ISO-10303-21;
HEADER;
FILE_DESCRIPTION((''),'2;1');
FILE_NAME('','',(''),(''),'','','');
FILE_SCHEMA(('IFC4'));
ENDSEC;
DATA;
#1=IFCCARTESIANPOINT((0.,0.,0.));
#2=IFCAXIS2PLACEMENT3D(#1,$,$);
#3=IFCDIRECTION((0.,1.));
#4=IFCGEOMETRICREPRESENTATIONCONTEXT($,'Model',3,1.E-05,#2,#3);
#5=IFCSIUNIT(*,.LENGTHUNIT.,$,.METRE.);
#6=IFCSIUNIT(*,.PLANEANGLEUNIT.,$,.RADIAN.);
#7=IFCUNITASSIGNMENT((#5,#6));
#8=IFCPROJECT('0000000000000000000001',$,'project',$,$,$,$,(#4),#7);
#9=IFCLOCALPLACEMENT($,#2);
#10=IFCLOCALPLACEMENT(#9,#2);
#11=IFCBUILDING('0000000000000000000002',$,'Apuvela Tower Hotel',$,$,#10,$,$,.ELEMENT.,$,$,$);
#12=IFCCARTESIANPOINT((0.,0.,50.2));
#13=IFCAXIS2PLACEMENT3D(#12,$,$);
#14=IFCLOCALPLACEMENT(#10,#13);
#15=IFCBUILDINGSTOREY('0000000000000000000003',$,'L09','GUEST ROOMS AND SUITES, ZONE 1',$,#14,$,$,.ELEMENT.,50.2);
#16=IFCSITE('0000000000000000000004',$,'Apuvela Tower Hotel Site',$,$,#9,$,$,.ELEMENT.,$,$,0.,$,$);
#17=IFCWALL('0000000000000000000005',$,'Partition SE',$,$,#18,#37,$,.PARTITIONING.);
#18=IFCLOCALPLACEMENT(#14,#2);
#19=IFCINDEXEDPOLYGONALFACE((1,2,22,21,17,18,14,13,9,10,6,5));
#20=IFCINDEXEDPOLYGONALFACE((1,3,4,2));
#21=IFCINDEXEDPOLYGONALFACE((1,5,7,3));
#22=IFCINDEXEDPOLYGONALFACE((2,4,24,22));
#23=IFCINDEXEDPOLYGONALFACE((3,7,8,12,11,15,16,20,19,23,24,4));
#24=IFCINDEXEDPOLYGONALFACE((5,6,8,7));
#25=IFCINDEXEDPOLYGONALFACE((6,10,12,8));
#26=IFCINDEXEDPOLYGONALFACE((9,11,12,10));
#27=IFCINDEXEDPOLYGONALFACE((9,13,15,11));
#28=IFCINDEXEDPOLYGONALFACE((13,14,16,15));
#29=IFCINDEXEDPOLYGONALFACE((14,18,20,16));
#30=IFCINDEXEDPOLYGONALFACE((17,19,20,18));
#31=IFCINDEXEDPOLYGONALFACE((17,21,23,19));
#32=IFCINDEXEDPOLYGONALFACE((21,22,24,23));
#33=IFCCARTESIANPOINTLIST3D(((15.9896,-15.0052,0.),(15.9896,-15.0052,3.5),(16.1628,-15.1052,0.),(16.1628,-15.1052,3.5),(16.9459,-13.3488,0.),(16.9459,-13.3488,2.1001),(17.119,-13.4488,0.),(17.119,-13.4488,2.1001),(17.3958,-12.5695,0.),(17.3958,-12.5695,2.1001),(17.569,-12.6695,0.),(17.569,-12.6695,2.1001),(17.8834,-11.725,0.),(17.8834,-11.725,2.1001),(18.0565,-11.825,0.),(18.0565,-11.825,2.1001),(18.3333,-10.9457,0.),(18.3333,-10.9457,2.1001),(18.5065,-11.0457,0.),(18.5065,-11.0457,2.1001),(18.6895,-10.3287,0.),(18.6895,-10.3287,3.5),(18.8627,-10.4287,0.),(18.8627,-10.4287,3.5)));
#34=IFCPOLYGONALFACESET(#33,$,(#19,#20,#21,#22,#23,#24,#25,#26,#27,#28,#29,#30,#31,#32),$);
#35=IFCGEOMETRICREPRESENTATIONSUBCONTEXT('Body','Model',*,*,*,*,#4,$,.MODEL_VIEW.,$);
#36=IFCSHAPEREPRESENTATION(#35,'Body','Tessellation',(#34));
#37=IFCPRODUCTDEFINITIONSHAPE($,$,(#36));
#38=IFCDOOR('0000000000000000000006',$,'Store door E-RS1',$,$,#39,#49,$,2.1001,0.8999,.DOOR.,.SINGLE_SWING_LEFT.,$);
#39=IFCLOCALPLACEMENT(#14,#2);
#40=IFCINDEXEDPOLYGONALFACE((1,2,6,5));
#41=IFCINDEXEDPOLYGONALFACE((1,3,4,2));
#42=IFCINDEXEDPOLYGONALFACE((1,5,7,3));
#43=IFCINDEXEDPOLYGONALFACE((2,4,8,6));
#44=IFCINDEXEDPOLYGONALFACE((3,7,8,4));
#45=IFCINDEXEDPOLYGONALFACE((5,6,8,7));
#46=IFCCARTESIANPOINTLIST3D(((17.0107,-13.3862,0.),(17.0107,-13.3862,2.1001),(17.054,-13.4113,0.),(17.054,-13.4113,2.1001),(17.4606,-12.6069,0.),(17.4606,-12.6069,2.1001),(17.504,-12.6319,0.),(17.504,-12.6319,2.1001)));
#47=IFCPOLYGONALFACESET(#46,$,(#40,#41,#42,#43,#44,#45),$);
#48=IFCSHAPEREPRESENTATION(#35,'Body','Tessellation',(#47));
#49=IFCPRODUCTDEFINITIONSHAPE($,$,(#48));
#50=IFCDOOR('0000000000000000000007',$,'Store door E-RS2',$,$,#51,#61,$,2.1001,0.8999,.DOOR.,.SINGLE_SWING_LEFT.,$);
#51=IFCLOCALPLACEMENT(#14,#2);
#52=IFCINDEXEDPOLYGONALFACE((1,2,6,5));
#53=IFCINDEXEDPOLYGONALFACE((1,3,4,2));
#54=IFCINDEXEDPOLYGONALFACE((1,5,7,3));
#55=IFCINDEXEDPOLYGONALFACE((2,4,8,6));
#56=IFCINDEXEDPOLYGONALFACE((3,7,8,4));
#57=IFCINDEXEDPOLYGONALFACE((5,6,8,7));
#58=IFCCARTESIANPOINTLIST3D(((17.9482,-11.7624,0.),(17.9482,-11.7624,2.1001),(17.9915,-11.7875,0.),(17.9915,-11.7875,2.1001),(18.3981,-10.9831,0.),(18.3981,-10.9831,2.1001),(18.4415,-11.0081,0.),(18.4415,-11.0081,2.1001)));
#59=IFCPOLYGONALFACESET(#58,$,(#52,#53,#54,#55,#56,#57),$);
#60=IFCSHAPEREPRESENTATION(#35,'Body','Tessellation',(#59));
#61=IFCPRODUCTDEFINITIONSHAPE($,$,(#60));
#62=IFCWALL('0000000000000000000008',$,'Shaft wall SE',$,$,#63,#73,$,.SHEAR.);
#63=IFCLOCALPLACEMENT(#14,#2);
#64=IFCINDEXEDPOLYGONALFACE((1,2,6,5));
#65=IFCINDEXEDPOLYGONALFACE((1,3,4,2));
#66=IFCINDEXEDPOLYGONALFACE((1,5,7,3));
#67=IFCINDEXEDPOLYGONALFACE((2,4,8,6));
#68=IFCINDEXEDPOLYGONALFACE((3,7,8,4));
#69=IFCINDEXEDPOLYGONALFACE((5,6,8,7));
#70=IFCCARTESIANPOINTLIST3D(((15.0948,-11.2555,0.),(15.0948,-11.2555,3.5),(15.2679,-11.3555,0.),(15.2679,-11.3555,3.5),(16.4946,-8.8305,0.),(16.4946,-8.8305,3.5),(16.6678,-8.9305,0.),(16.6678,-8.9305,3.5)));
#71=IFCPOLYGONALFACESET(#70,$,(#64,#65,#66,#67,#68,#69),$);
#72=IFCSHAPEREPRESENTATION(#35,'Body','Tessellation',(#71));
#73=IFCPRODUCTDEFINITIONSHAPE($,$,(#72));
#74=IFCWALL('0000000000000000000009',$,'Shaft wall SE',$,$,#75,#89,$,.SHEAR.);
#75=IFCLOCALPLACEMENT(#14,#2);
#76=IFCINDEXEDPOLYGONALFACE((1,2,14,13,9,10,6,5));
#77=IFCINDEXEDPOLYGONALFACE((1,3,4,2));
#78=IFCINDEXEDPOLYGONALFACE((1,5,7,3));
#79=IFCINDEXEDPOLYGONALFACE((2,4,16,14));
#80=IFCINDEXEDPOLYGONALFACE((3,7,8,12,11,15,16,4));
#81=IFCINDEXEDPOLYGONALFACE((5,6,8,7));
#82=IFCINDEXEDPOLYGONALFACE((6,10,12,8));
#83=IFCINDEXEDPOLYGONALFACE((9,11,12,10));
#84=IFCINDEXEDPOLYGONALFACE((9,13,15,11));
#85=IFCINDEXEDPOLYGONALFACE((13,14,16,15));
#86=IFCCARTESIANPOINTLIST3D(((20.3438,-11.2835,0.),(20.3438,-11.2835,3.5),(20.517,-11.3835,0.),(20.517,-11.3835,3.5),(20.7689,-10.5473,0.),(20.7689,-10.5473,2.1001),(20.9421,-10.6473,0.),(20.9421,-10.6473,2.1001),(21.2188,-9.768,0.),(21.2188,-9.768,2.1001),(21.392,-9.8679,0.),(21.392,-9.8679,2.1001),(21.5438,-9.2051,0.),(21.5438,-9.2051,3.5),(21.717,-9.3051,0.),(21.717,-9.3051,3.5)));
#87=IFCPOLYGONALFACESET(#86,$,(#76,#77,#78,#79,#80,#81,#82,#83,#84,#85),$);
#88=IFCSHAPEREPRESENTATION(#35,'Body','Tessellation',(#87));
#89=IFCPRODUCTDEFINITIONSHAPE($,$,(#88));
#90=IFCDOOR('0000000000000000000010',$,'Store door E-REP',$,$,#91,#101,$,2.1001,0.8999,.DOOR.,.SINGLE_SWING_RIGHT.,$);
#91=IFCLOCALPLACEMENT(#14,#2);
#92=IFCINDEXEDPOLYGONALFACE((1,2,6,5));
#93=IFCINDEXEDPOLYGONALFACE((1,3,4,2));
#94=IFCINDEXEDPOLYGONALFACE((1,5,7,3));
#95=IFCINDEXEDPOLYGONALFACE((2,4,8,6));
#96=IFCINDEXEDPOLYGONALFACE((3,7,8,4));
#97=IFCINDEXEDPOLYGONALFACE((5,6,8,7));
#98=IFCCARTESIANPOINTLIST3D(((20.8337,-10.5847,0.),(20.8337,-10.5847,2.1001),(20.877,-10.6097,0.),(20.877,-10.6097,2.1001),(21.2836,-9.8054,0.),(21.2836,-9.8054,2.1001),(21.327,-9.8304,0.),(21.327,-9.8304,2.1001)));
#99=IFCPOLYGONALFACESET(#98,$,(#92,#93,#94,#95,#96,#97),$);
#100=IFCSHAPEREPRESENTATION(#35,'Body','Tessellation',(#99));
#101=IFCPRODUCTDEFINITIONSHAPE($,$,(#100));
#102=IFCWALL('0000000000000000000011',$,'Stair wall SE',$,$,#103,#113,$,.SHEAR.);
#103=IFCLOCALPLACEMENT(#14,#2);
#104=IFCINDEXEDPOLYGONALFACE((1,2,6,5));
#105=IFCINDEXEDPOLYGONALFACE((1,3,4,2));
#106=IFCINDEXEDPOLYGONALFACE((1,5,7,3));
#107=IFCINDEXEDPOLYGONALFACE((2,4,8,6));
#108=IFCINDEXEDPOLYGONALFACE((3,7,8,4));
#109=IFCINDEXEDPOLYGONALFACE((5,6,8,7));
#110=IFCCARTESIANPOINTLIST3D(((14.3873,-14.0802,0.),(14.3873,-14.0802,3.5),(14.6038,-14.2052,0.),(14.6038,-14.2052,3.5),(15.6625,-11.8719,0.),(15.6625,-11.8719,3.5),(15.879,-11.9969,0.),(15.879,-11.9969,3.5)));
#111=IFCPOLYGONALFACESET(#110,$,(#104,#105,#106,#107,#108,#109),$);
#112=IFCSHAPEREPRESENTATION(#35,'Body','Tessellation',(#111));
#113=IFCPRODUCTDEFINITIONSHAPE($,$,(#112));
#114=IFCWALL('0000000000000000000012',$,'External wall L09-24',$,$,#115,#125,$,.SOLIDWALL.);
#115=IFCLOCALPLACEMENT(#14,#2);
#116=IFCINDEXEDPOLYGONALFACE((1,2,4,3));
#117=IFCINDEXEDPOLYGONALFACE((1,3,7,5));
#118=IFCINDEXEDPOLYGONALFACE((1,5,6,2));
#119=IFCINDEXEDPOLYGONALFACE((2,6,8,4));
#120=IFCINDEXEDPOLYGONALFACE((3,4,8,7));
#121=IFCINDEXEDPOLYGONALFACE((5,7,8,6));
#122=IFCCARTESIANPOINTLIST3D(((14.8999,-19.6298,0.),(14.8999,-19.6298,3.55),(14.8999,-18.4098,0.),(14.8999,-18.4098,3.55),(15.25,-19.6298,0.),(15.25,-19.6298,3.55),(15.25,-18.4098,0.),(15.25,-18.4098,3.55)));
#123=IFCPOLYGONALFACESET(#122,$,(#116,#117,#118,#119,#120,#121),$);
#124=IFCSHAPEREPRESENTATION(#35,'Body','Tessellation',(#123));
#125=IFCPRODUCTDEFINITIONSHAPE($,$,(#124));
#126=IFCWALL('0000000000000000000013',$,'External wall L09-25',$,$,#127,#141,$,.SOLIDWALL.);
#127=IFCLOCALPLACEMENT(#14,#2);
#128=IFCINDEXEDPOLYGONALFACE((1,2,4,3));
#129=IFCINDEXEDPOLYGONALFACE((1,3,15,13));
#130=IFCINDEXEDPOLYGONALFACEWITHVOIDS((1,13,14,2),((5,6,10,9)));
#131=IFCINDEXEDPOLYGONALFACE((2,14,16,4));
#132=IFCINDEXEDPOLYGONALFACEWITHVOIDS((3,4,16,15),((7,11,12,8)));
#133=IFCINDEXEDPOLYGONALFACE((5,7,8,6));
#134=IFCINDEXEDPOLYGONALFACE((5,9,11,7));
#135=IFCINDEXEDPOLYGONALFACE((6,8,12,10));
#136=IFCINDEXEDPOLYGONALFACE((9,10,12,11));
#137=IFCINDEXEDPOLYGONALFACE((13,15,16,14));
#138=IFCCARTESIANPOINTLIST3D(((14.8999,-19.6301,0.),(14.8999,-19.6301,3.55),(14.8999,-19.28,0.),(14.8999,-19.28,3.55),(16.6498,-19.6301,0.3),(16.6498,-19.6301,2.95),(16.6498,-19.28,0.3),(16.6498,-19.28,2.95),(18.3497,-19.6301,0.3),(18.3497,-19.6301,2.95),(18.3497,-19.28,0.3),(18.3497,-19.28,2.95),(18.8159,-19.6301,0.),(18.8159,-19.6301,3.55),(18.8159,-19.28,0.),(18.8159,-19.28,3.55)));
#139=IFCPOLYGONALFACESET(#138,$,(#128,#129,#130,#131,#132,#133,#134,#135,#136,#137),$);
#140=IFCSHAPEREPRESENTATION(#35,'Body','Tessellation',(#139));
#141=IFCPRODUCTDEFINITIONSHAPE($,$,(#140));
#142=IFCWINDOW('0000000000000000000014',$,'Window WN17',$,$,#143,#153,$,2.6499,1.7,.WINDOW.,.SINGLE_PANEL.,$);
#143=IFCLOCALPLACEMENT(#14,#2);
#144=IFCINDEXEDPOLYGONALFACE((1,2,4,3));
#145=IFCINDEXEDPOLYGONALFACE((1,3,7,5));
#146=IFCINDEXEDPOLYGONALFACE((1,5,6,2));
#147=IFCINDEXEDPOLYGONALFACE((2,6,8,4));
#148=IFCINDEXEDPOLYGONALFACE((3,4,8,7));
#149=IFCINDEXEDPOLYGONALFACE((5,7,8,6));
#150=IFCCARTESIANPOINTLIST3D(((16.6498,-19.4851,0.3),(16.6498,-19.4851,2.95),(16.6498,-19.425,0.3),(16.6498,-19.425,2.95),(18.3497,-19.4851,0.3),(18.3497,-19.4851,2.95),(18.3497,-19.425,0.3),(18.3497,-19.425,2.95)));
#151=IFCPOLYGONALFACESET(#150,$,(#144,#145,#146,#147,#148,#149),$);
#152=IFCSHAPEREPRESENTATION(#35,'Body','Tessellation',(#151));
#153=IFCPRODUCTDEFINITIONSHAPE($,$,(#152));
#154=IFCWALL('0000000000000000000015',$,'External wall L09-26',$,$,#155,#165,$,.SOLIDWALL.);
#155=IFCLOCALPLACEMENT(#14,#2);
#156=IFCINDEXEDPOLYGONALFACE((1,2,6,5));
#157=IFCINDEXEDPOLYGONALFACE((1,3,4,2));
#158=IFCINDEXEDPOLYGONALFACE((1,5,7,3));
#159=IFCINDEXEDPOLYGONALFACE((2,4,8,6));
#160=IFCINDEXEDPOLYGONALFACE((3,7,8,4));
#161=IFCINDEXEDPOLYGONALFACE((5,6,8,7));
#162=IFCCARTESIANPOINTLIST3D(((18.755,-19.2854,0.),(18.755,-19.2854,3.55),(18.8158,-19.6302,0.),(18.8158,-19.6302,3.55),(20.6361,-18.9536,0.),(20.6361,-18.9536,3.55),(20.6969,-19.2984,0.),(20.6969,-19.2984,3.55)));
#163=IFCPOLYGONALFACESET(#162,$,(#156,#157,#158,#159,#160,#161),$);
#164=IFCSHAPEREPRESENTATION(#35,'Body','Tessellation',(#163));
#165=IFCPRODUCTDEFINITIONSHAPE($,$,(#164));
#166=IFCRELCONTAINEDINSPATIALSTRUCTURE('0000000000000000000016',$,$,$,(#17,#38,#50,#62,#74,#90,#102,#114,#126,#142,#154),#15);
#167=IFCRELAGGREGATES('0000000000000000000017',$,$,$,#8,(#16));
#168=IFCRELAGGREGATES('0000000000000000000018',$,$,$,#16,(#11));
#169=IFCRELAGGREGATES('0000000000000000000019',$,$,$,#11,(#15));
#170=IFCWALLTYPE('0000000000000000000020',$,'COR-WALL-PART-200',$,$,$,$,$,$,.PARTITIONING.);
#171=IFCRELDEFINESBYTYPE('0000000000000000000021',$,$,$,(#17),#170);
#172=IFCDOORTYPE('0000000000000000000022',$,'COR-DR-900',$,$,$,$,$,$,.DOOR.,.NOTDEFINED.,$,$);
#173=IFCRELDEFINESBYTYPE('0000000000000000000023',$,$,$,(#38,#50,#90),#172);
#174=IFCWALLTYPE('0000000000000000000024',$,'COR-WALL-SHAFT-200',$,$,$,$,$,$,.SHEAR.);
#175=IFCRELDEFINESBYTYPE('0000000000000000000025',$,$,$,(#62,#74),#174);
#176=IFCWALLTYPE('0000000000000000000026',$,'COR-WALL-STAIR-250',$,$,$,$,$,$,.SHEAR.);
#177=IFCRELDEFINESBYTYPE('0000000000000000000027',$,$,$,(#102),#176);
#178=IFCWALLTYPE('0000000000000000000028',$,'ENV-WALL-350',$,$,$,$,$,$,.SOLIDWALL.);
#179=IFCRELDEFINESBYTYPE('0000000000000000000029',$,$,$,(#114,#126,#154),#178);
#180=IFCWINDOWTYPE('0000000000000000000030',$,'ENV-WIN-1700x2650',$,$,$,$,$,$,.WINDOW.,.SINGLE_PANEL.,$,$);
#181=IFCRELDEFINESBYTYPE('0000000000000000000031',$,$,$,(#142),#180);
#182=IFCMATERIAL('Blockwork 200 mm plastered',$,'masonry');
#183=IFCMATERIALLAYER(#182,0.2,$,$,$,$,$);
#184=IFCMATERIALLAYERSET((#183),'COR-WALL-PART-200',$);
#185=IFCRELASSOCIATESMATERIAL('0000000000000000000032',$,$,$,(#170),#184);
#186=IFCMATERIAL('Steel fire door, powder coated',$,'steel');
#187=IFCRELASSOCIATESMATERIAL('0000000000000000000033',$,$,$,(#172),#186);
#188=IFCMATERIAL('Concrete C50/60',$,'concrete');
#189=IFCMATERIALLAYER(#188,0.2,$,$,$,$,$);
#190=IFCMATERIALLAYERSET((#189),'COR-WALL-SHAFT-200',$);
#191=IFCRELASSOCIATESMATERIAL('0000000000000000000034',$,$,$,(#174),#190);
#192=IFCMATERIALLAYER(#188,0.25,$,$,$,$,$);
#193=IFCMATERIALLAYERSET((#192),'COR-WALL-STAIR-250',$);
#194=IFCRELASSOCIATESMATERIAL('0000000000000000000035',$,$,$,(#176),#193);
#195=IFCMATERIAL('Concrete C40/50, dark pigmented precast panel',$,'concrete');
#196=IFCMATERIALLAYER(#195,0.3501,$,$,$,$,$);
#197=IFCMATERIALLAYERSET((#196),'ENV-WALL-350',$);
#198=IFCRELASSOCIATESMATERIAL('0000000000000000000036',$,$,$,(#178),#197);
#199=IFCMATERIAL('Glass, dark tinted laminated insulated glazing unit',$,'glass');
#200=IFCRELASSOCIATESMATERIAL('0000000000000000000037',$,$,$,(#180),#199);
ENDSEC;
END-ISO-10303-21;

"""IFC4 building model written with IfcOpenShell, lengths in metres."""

from ifc_helpers import new_model, si_unit, direction, frame, frame_2d, origin, place, context, subcontext, project, spatial, rectangle, extrude, material, layer, layer_set, type_object, element, fill, save


model = new_model("IFC4")

# Units and contexts
model_context = context("Model", 3, precision=1e-05, world=origin(), true_north=direction((0.0, 1.0)))
body_context = subcontext(model_context, "Body", "Model", "MODEL_VIEW")
ifc_project = project(units=[si_unit("LENGTHUNIT", "METRE"), si_unit("PLANEANGLEUNIT", "RADIAN")], contexts=[model_context])

# Site, building, storey
site_placement = place(None, origin())
site = spatial("IfcSite", under=ifc_project, at=site_placement, Name="Apuvela Tower Hotel Site", CompositionType="ELEMENT", RefElevation=0.0)
building_placement = place(site_placement, origin())
building = spatial("IfcBuilding", under=site, at=building_placement, Name="Apuvela Tower Hotel", CompositionType="ELEMENT")
storey_placement = place(building_placement, frame((0.0, 0.0, 50.2)))
storey = spatial("IfcBuildingStorey", under=building, at=storey_placement, Name="L09", Description="GUEST ROOMS AND SUITES, ZONE 1", CompositionType="ELEMENT", Elevation=50.2)

# Wall, openings, doors
ifc_material_1 = material(Name="Blockwork 200 mm plastered", Category="masonry")
ifc_layer_1 = layer(ifc_material_1, 0.2)
ifc_layer_set_1 = layer_set([ifc_layer_1], Name="COR-WALL-PART-200")
wall_type_1 = type_object("IfcWallType", Name="COR-WALL-PART-200", PredefinedType="PARTITIONING", material=ifc_layer_set_1)
wall_1_placement = place(storey_placement, frame((16.0762, -15.0552, 0.0), z_axis=(0.0, 0.0, 1.0), x_axis=(0.499995, 0.866028, 0.0)))
wall_1 = element("IfcWall", 1, at=wall_1_placement, inside=storey, type_object=wall_type_1, Name="Partition SE", PredefinedType="PARTITIONING", context=body_context, shape_type="SweptSolid", body=[
    extrude(rectangle(XDim=5.3999, YDim=0.2, at=frame_2d((2.7, 0.0))), origin(), (0.0, 0.0, 1.0), 3.5),
])
opening_1_placement = place(wall_1_placement, frame((1.9126, 0.0, 0.0)))
opening_1 = element("IfcOpeningElement", 2, at=opening_1_placement, cuts=wall_1, PredefinedType="OPENING", context=body_context, shape_type="SweptSolid", body=[
    extrude(rectangle(XDim=0.8999, YDim=2.1001, at=frame_2d((0.45, 1.05))), frame((0.0, 0.1099, 0.0), z_axis=(0.0, -1.0, 0.0), x_axis=(1.0, 0.0, 0.0)), (0.0, 0.0, 1.0), 0.22),
])
opening_2_placement = place(wall_1_placement, frame((3.7876, 0.0, 0.0)))
opening_2 = element("IfcOpeningElement", 3, at=opening_2_placement, cuts=wall_1, PredefinedType="OPENING", context=body_context, shape_type="SweptSolid", body=[
    extrude(rectangle(XDim=0.8999, YDim=2.1001, at=frame_2d((0.45, 1.05))), frame((0.0, 0.1099, 0.0), z_axis=(0.0, -1.0, 0.0), x_axis=(1.0, 0.0, 0.0)), (0.0, 0.0, 1.0), 0.22),
])
ifc_material_2 = material(Name="Steel fire door, powder coated", Category="steel")
door_type_1 = type_object("IfcDoorType", Name="COR-DR-900", OperationType="NOTDEFINED", PredefinedType="DOOR", material=ifc_material_2)
door_1_placement = place(opening_1_placement, frame((0.8999, 0.0, 0.0), z_axis=(0.0, 0.0, 1.0), x_axis=(-1.0, 0.0, 0.0)))
door_1 = element("IfcDoor", 4, at=door_1_placement, inside=storey, type_object=door_type_1, Name="Store door E-RS1", OperationType="SINGLE_SWING_LEFT", OverallHeight=2.1001, OverallWidth=0.8999, PredefinedType="DOOR", context=body_context, shape_type="SweptSolid", body=[
    extrude(rectangle(XDim=0.8999, YDim=2.1001, at=frame_2d((0.45, 1.05))), frame((0.0, 0.0249, 0.0), z_axis=(0.0, -1.0, 0.0), x_axis=(1.0, 0.0, 0.0)), (0.0, 0.0, 1.0), 0.05),
])
fill(opening_1, door_1)
door_2_placement = place(opening_2_placement, frame((0.8999, 0.0, 0.0), z_axis=(0.0, 0.0, 1.0), x_axis=(-1.0, 0.0, 0.0)))
door_2 = element("IfcDoor", 5, at=door_2_placement, inside=storey, type_object=door_type_1, Name="Store door E-RS2", OperationType="SINGLE_SWING_LEFT", OverallHeight=2.1001, OverallWidth=0.8999, PredefinedType="DOOR", context=body_context, shape_type="SweptSolid", body=[
    extrude(rectangle(XDim=0.8999, YDim=2.1001, at=frame_2d((0.45, 1.05))), frame((0.0, 0.0249, 0.0), z_axis=(0.0, -1.0, 0.0), x_axis=(1.0, 0.0, 0.0)), (0.0, 0.0, 1.0), 0.05),
])
fill(opening_2, door_2)

# Wall
ifc_material_3 = material(Name="Concrete C50/60", Category="concrete")
ifc_layer_2 = layer(ifc_material_3, 0.2)
ifc_layer_set_2 = layer_set([ifc_layer_2], Name="COR-WALL-SHAFT-200")
wall_type_2 = type_object("IfcWallType", Name="COR-WALL-SHAFT-200", PredefinedType="SHEAR", material=ifc_layer_set_2)
wall_2_placement = place(storey_placement, frame((15.1814, -11.3054, 0.0), z_axis=(0.0, 0.0, 1.0), x_axis=(0.499946, 0.866056, 0.0)))
element("IfcWall", 6, at=wall_2_placement, inside=storey, type_object=wall_type_2, Name="Shaft wall SE", PredefinedType="SHEAR", context=body_context, shape_type="SweptSolid", body=[
    extrude(rectangle(XDim=2.8, YDim=0.2, at=frame_2d((1.3999, 0.0))), origin(), (0.0, 0.0, 1.0), 3.5),
])

# Wall, opening, door
wall_3_placement = place(storey_placement, frame((20.4304, -11.3335, 0.0), z_axis=(0.0, 0.0, 1.0), x_axis=(0.500001, 0.866025, 0.0)))
wall_3 = element("IfcWall", 7, at=wall_3_placement, inside=storey, type_object=wall_type_2, Name="Shaft wall SE", PredefinedType="SHEAR", context=body_context, shape_type="SweptSolid", body=[
    extrude(rectangle(XDim=2.3999, YDim=0.2, at=frame_2d((1.2, 0.0))), origin(), (0.0, 0.0, 1.0), 3.5),
])
opening_3_placement = place(wall_3_placement, frame((0.8501, 0.0, 0.0)))
opening_3 = element("IfcOpeningElement", 8, at=opening_3_placement, cuts=wall_3, PredefinedType="OPENING", context=body_context, shape_type="SweptSolid", body=[
    extrude(rectangle(XDim=0.8999, YDim=2.1001, at=frame_2d((0.45, 1.05))), frame((0.0, 0.1099, 0.0), z_axis=(0.0, -1.0, 0.0), x_axis=(1.0, 0.0, 0.0)), (0.0, 0.0, 1.0), 0.22),
])
door_3_placement = place(opening_3_placement, frame((0.8999, 0.0, 0.0), z_axis=(0.0, 0.0, 1.0), x_axis=(-1.0, 0.0, 0.0)))
door_3 = element("IfcDoor", 9, at=door_3_placement, inside=storey, type_object=door_type_1, Name="Store door E-REP", OperationType="SINGLE_SWING_RIGHT", OverallHeight=2.1001, OverallWidth=0.8999, PredefinedType="DOOR", context=body_context, shape_type="SweptSolid", body=[
    extrude(rectangle(XDim=0.8999, YDim=2.1001, at=frame_2d((0.45, 1.05))), frame((0.0, 0.0249, 0.0), z_axis=(0.0, -1.0, 0.0), x_axis=(1.0, 0.0, 0.0)), (0.0, 0.0, 1.0), 0.05),
])
fill(opening_3, door_3)

# Walls
ifc_layer_3 = layer(ifc_material_3, 0.25)
ifc_layer_set_3 = layer_set([ifc_layer_3], Name="COR-WALL-STAIR-250")
wall_type_3 = type_object("IfcWallType", Name="COR-WALL-STAIR-250", PredefinedType="SHEAR", material=ifc_layer_set_3)
wall_4_placement = place(storey_placement, frame((14.4956, -14.1426, 0.0), z_axis=(0.0, 0.0, 1.0), x_axis=(0.500062, 0.865989, 0.0)))
element("IfcWall", 10, at=wall_4_placement, inside=storey, type_object=wall_type_3, Name="Stair wall SE", PredefinedType="SHEAR", context=body_context, shape_type="SweptSolid", body=[
    extrude(rectangle(XDim=2.55, YDim=0.25, at=frame_2d((1.2749, 0.0))), origin(), (0.0, 0.0, 1.0), 3.5),
])
ifc_material_4 = material(Name="Concrete C40/50, dark pigmented precast panel", Category="concrete")
ifc_layer_4 = layer(ifc_material_4, 0.3501)
ifc_layer_set_4 = layer_set([ifc_layer_4], Name="ENV-WALL-350")
wall_type_4 = type_object("IfcWallType", Name="ENV-WALL-350", PredefinedType="SOLIDWALL", material=ifc_layer_set_4)
wall_5_placement = place(storey_placement, frame((15.075, -18.4099, 0.0), z_axis=(0.0, 0.0, 1.0), x_axis=(0.0, -1.0, 0.0)))
element("IfcWall", 11, at=wall_5_placement, inside=storey, type_object=wall_type_4, Name="External wall L09-24", PredefinedType="SOLIDWALL", context=body_context, shape_type="SweptSolid", body=[
    extrude(rectangle(XDim=1.22, YDim=0.3501, at=frame_2d((0.6099, 0.0))), origin(), (0.0, 0.0, 1.0), 3.55),
])

# Wall, opening, window
wall_6_placement = place(storey_placement, frame((14.8999, -19.4551, 0.0), z_axis=(0.0, 0.0, 1.0), x_axis=(1.0, 0.0, 0.0)))
wall_6 = element("IfcWall", 12, at=wall_6_placement, inside=storey, type_object=wall_type_4, Name="External wall L09-25", PredefinedType="SOLIDWALL", context=body_context, shape_type="SweptSolid", body=[
    extrude(rectangle(XDim=3.916, YDim=0.3501, at=frame_2d((1.958, 0.0))), origin(), (0.0, 0.0, 1.0), 3.55),
])
opening_4_placement = place(wall_6_placement, frame((1.7498, 0.0, 0.3)))
opening_4 = element("IfcOpeningElement", 13, at=opening_4_placement, cuts=wall_6, PredefinedType="OPENING", context=body_context, shape_type="SweptSolid", body=[
    extrude(rectangle(XDim=1.7, YDim=2.6499, at=frame_2d((0.8501, 1.325))), frame((0.0, 0.1851, 0.0), z_axis=(0.0, -1.0, 0.0), x_axis=(1.0, 0.0, 0.0)), (0.0, 0.0, 1.0), 0.3701),
])
ifc_material_5 = material(Name="Glass, dark tinted laminated insulated glazing unit", Category="glass")
window_type = type_object("IfcWindowType", Name="ENV-WIN-1700x2650", PartitioningType="SINGLE_PANEL", PredefinedType="WINDOW", material=ifc_material_5)
window_placement = place(opening_4_placement, origin())
window = element("IfcWindow", 14, at=window_placement, inside=storey, type_object=window_type, Name="Window WN17", OverallHeight=2.6499, OverallWidth=1.7, PartitioningType="SINGLE_PANEL", PredefinedType="WINDOW", context=body_context, shape_type="SweptSolid", body=[
    extrude(rectangle(XDim=1.7, YDim=2.6499, at=frame_2d((0.8501, 1.325))), frame((0.0, 0.03, 0.0), z_axis=(0.0, -1.0, 0.0), x_axis=(1.0, 0.0, 0.0)), (0.0, 0.0, 1.0), 0.0601),
])
fill(opening_4, window)

# Wall
wall_7_placement = place(storey_placement, frame((18.7854, -19.4578, 0.0), z_axis=(0.0, 0.0, 1.0), x_axis=(0.984799, 0.173698, 0.0)))
element("IfcWall", 15, at=wall_7_placement, inside=storey, type_object=wall_type_4, Name="External wall L09-26", PredefinedType="SOLIDWALL", context=body_context, shape_type="SweptSolid", body=[
    extrude(rectangle(XDim=1.9102, YDim=0.3501, at=frame_2d((0.9551, 0.0))), origin(), (0.0, 0.0, 1.0), 3.55),
])

save(model, "model.ifc")
